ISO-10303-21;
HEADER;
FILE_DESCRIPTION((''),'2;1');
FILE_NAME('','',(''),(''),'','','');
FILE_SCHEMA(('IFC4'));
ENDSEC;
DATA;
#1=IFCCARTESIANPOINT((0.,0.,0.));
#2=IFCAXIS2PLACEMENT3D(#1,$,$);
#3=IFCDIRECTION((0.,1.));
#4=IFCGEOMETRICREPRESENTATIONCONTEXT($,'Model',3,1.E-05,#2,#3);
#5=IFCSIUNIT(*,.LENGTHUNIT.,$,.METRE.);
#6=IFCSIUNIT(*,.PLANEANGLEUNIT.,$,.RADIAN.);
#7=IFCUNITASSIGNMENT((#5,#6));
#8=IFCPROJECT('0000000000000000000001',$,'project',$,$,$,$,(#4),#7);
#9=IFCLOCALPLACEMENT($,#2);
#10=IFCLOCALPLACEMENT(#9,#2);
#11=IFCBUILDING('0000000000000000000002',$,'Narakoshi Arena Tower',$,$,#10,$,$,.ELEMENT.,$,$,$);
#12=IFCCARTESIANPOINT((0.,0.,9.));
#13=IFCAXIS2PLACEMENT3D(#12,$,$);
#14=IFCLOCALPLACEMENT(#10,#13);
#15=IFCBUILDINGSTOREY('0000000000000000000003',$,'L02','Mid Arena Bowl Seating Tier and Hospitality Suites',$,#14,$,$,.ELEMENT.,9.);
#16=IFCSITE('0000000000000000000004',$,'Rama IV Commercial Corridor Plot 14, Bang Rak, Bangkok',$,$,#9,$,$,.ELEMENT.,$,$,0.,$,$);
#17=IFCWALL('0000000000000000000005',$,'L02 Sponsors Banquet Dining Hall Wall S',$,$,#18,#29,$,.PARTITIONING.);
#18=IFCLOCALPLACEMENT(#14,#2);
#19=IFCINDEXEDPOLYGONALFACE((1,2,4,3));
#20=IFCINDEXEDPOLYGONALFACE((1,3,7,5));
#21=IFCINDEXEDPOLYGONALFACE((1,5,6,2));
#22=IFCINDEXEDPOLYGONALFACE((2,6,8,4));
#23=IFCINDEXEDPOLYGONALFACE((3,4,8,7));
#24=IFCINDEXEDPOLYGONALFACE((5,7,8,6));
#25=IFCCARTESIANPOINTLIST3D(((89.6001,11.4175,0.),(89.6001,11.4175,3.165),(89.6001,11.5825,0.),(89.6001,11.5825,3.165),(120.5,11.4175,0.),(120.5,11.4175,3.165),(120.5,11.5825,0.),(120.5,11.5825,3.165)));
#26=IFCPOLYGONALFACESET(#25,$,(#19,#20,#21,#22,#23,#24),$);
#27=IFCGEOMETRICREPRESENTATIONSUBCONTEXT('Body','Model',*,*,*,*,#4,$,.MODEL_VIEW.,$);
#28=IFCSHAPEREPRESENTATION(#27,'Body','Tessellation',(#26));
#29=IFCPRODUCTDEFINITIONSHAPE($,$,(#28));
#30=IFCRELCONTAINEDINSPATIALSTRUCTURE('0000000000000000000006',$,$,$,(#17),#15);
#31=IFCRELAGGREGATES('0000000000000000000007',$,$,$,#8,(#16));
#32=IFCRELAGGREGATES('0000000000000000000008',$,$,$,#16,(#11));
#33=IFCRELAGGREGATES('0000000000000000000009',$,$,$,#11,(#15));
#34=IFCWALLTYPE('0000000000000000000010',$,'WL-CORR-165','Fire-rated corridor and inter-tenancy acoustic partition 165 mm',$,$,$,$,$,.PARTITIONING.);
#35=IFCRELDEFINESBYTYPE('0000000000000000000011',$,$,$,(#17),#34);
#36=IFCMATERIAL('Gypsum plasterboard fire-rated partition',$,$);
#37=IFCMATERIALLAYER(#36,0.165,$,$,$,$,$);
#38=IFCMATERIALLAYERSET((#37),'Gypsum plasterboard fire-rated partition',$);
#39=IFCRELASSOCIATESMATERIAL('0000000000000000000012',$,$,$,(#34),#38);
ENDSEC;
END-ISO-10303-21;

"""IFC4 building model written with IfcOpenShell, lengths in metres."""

from ifc_helpers import new_model, si_unit, direction, frame, frame_2d, origin, place, context, subcontext, project, spatial, rectangle, extrude, material, layer, layer_set, type_object, element, save


model = new_model("IFC4")

# Units and contexts
model_context = context("Model", 3, precision=1e-05, world=origin(), true_north=direction((0.0, 1.0)))
body_context = subcontext(model_context, "Body", "Model", "MODEL_VIEW")
ifc_project = project(units=[si_unit("LENGTHUNIT", "METRE"), si_unit("PLANEANGLEUNIT", "RADIAN")], contexts=[model_context])

# Site, building, storey
site_placement = place(None, origin())
site = spatial("IfcSite", under=ifc_project, at=site_placement, Name="Rama IV Commercial Corridor Plot 14, Bang Rak, Bangkok", CompositionType="ELEMENT", RefElevation=0.0)
building_placement = place(site_placement, origin())
building = spatial("IfcBuilding", under=site, at=building_placement, Name="Narakoshi Arena Tower", CompositionType="ELEMENT")
storey_placement = place(building_placement, frame((0.0, 0.0, 9.0)))
storey = spatial("IfcBuildingStorey", under=building, at=storey_placement, Name="L02", Description="Mid Arena Bowl Seating Tier and Hospitality Suites", CompositionType="ELEMENT", Elevation=9.0)

# Wall
ifc_material_1 = material(Name="Gypsum plasterboard fire-rated partition")
ifc_layer = layer(ifc_material_1, 0.165)
ifc_layer_set = layer_set([ifc_layer], Name="Gypsum plasterboard fire-rated partition")
wall_type = type_object("IfcWallType", Name="WL-CORR-165", Description="Fire-rated corridor and inter-tenancy acoustic partition 165 mm", PredefinedType="PARTITIONING", material=ifc_layer_set)
wall_placement = place(storey_placement, frame((89.6001, 11.5, 0.0), z_axis=(0.0, 0.0, 1.0), x_axis=(1.0, 0.0, 0.0)))
element("IfcWall", 1, at=wall_placement, inside=storey, type_object=wall_type, Name="L02 Sponsors Banquet Dining Hall Wall S", PredefinedType="PARTITIONING", context=body_context, shape_type="SweptSolid", body=[
    extrude(rectangle(XDim=30.8999, YDim=0.165, at=frame_2d((15.45, 0.0))), origin(), (0.0, 0.0, 1.0), 3.165),
])

save(model, "model.ifc")
